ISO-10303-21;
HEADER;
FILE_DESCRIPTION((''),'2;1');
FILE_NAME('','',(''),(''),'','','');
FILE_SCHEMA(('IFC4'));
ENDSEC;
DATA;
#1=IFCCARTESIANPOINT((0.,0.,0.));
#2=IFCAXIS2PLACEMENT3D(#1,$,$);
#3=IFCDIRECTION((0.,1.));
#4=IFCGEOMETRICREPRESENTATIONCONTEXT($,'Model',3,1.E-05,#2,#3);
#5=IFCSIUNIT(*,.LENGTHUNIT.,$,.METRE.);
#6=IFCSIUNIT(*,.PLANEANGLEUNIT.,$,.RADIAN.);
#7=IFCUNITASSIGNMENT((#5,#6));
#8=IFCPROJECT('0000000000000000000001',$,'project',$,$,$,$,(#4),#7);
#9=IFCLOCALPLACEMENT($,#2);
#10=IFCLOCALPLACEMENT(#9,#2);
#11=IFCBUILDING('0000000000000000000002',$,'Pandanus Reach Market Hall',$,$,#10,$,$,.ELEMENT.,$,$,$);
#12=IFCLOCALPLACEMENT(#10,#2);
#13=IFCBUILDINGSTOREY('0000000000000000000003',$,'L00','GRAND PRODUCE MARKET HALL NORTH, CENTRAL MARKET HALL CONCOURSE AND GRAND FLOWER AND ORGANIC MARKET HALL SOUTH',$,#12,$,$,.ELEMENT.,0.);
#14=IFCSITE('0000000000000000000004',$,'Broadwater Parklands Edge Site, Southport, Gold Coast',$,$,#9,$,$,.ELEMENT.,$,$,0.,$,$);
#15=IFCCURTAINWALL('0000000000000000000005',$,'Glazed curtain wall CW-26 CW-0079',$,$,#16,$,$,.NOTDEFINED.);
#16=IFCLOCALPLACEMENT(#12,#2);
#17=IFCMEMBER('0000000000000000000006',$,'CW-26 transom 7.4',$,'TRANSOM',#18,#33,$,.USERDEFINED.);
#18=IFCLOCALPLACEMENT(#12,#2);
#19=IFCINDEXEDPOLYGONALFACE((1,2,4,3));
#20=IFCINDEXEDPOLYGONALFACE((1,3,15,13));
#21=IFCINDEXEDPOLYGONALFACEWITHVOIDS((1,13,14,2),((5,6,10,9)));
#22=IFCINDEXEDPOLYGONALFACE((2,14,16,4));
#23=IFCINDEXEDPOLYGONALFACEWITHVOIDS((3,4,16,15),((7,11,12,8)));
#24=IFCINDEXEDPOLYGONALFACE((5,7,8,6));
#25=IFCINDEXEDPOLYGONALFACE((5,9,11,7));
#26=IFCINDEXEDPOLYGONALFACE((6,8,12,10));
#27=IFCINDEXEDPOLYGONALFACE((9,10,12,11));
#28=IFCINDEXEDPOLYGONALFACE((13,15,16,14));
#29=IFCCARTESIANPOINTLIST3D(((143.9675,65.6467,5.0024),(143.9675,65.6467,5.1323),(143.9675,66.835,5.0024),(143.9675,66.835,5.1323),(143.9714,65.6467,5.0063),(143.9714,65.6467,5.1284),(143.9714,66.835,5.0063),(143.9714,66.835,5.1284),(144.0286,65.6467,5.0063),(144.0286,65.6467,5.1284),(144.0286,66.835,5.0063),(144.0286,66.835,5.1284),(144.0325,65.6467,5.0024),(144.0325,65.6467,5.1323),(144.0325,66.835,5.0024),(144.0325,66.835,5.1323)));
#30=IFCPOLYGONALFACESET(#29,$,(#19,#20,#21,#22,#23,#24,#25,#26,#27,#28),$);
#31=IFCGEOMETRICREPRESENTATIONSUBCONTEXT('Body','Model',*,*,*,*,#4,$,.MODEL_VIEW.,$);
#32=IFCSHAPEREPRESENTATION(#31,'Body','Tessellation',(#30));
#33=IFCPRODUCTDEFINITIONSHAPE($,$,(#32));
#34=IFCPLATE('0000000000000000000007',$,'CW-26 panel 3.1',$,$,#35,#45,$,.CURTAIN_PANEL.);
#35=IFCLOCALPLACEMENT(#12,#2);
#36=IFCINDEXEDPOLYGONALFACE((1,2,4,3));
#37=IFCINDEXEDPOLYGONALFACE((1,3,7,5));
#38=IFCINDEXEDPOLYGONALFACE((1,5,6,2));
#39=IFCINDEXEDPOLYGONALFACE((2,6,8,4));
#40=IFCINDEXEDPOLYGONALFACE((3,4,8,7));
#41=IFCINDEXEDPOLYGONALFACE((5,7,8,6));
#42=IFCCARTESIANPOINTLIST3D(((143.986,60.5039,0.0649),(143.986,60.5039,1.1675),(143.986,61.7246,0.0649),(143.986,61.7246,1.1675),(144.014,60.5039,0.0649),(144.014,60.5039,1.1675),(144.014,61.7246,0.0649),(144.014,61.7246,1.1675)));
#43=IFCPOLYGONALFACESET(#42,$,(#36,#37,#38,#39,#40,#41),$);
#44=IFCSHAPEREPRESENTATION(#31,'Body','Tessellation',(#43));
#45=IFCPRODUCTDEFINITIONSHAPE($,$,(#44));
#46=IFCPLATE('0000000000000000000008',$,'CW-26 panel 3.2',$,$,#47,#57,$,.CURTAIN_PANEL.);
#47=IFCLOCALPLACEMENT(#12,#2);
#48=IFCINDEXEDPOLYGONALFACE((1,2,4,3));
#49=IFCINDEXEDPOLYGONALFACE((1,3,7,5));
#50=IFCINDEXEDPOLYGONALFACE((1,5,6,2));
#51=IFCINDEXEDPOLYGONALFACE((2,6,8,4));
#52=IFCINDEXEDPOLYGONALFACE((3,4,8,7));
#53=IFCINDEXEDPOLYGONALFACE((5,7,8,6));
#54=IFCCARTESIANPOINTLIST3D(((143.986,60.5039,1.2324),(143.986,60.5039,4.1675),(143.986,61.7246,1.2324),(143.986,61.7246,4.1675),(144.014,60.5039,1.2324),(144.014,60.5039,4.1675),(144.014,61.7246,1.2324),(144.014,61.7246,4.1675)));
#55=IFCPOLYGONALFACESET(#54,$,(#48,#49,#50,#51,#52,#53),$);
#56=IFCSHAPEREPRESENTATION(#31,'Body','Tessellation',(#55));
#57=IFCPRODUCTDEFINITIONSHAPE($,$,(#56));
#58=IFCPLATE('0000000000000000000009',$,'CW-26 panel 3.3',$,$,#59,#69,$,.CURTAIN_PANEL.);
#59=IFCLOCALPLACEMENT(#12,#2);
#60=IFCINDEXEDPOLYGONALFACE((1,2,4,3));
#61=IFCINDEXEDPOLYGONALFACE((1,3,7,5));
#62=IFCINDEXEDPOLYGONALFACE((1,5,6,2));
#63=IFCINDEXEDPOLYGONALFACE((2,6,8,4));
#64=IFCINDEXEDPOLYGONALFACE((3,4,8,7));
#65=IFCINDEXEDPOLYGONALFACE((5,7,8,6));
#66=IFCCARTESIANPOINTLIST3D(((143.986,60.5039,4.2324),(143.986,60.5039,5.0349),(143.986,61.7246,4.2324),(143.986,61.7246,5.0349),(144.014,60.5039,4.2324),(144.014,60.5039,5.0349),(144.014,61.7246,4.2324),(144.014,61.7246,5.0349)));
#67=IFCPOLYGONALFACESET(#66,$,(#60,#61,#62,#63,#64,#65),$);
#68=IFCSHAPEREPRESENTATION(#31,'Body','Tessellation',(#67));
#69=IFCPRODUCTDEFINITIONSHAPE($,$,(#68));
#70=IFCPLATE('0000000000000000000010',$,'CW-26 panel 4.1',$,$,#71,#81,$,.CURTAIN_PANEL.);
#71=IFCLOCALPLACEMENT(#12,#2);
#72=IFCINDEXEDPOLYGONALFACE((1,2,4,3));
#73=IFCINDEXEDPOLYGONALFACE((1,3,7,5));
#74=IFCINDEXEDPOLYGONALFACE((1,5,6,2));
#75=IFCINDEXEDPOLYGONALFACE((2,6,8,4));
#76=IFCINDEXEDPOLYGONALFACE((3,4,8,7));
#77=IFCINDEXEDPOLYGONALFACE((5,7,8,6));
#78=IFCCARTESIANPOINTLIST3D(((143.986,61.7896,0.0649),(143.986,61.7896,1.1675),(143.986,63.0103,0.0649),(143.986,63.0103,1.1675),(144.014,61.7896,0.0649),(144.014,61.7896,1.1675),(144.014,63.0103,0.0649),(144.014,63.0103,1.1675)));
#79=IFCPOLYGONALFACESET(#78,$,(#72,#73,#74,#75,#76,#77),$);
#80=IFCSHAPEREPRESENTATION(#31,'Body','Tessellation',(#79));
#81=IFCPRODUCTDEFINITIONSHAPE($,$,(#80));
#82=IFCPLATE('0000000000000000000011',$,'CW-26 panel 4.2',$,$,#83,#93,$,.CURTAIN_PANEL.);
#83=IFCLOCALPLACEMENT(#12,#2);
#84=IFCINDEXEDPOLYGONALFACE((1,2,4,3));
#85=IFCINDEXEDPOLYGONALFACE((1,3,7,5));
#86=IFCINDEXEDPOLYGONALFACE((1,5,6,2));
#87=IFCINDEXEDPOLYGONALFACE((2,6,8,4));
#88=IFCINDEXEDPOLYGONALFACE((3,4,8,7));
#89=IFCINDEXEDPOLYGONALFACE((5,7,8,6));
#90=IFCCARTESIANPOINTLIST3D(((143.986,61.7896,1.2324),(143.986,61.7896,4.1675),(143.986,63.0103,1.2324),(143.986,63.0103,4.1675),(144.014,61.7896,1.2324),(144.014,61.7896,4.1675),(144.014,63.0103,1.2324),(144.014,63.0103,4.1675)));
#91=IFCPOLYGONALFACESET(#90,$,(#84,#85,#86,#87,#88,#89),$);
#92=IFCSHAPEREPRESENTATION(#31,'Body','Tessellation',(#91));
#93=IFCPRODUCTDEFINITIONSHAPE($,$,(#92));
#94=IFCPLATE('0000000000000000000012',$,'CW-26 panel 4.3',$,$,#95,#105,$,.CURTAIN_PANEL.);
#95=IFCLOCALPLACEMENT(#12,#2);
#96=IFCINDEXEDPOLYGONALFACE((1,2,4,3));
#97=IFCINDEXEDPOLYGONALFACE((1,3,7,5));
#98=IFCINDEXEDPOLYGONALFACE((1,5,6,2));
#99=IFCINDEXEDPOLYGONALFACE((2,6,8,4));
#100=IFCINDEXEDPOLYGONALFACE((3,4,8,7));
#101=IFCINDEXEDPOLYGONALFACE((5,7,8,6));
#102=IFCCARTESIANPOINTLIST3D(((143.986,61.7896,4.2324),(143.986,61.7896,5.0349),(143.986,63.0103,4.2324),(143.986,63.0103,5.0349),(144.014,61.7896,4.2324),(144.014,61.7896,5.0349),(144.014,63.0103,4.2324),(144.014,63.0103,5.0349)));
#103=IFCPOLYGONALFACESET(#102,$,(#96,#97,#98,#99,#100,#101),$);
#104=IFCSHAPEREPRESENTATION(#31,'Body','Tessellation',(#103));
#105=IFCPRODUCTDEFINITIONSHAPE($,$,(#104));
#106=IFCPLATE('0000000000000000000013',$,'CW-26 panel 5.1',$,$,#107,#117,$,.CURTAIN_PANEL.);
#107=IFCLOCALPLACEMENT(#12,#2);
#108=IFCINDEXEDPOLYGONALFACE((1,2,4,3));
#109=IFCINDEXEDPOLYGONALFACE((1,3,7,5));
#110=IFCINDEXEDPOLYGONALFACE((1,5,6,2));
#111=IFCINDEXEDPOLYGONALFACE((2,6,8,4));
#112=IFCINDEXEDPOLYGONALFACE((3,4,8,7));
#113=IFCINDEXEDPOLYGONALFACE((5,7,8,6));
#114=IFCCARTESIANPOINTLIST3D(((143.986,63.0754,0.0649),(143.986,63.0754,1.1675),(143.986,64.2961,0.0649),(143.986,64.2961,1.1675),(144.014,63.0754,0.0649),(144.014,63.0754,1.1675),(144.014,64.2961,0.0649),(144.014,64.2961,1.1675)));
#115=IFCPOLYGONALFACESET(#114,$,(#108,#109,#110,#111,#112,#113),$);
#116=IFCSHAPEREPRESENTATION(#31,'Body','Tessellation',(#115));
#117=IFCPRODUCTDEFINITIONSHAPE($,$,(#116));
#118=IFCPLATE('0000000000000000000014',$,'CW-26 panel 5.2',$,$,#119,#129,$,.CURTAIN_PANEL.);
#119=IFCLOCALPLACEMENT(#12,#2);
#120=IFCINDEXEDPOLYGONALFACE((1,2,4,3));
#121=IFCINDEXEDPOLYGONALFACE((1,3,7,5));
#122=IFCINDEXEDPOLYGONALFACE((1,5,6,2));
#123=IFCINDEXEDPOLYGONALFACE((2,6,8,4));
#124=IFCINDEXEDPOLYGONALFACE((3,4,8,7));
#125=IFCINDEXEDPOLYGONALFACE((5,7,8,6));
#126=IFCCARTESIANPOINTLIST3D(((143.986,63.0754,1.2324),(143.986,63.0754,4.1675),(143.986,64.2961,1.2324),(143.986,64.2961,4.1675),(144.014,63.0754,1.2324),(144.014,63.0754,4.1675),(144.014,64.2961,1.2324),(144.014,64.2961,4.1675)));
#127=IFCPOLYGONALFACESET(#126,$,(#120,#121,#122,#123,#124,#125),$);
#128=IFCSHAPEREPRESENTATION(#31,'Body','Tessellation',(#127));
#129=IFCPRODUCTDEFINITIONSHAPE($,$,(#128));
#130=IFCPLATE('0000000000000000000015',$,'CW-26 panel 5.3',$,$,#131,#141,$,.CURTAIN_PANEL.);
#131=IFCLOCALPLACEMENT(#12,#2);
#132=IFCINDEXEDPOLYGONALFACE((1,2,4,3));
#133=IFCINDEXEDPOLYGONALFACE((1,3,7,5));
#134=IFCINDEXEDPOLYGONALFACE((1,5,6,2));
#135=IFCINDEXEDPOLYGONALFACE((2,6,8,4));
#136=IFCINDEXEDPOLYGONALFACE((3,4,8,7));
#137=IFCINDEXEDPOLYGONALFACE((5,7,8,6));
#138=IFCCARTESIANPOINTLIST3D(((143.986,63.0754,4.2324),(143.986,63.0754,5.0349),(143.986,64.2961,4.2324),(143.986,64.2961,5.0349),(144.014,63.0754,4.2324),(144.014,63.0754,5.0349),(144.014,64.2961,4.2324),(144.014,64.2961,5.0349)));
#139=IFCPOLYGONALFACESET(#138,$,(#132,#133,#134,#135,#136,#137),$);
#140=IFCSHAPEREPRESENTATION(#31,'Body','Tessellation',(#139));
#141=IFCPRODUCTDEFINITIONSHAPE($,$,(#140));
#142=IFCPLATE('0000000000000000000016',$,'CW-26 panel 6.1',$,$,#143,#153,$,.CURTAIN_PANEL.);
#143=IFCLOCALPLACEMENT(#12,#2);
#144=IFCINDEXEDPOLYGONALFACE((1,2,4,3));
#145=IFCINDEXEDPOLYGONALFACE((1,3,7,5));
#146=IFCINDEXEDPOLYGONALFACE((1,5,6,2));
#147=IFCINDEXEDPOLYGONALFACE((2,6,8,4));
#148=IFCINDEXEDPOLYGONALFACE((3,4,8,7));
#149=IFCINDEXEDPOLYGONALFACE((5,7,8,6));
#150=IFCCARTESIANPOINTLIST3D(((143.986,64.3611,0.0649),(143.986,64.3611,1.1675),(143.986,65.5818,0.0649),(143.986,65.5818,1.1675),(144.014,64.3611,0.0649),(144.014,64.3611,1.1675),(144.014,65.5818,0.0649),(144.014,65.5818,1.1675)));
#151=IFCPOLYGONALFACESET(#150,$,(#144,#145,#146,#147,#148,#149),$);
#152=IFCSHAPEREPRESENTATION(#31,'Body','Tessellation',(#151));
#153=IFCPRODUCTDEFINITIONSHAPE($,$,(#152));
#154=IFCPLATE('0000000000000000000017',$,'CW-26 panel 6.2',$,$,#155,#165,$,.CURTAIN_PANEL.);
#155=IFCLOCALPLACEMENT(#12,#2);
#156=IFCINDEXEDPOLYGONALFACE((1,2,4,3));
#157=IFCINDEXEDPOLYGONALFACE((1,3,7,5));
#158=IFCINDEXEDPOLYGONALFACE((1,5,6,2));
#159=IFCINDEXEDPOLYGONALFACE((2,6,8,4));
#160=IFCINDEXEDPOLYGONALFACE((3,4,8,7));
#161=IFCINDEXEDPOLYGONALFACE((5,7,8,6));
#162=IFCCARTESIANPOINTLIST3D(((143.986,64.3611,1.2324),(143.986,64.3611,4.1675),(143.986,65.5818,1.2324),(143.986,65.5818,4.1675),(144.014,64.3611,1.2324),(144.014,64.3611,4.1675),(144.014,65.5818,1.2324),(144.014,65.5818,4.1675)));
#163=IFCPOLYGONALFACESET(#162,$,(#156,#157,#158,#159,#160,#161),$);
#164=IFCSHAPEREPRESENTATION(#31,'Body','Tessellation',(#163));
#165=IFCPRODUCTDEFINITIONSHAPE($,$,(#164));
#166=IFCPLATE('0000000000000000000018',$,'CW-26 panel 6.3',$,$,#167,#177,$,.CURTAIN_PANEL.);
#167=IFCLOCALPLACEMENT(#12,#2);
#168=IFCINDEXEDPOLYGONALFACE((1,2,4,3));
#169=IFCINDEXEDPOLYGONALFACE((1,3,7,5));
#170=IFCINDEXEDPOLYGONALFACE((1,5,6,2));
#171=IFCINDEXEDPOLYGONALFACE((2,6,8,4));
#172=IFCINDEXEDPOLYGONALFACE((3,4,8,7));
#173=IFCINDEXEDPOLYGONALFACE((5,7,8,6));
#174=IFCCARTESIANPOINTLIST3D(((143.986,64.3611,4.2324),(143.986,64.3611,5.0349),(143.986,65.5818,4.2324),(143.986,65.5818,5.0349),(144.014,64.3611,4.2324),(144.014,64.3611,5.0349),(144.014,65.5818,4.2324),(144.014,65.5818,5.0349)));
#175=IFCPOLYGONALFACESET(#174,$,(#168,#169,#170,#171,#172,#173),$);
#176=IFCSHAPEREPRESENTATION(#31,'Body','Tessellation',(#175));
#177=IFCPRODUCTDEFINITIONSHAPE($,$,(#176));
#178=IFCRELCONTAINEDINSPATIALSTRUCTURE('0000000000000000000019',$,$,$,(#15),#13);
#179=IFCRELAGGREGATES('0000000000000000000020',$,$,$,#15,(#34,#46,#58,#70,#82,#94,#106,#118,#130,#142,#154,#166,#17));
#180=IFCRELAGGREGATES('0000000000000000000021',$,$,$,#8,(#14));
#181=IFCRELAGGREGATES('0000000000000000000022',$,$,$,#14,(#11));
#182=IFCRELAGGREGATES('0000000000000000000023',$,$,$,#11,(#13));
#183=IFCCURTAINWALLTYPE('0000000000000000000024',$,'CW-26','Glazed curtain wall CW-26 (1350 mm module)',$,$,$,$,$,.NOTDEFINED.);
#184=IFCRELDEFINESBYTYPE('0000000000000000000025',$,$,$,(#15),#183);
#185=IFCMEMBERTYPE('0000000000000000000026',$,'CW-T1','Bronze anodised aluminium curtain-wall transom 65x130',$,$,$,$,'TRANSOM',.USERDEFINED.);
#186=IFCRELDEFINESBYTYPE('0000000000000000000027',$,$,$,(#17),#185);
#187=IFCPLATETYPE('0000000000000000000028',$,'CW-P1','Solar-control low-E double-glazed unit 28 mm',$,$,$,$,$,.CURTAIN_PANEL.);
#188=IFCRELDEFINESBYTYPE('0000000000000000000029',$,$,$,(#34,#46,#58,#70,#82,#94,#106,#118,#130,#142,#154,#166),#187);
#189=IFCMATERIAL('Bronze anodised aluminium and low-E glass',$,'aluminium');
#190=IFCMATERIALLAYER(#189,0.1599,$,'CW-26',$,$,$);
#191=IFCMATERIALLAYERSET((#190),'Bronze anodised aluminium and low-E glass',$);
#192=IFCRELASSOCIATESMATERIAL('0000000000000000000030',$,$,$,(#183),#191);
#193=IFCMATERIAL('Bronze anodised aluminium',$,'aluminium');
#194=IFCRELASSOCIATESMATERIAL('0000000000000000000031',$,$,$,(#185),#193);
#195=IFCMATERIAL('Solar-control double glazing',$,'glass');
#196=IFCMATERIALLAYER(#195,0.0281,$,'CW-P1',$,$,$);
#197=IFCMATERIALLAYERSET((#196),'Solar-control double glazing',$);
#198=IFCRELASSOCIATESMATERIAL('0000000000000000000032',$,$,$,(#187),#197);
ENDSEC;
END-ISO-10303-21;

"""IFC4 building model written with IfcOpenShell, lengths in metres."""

from ifc_helpers import new_model, si_unit, direction, frame, origin, origin_2d, place, context, subcontext, project, spatial, rectangle, hollow_rectangle, extrude, material, layer, layer_set, material_profile, profile_set, type_object, element, aggregate, save


model = new_model("IFC4")

# Units and contexts
model_context = context("Model", 3, precision=1e-05, world=origin(), true_north=direction((0.0, 1.0)))
body_context = subcontext(model_context, "Body", "Model", "MODEL_VIEW")
ifc_project = project(units=[si_unit("LENGTHUNIT", "METRE"), si_unit("PLANEANGLEUNIT", "RADIAN")], contexts=[model_context])

# Site, building, storey
site_placement = place(None, origin())
site = spatial("IfcSite", under=ifc_project, at=site_placement, Name="Broadwater Parklands Edge Site, Southport, Gold Coast", CompositionType="ELEMENT", RefElevation=0.0)
building_placement = place(site_placement, origin())
building = spatial("IfcBuilding", under=site, at=building_placement, Name="Pandanus Reach Market Hall", CompositionType="ELEMENT")
storey_placement = place(building_placement, origin())
storey = spatial("IfcBuildingStorey", under=building, at=storey_placement, Name="L00", Description="GRAND PRODUCE MARKET HALL NORTH, CENTRAL MARKET HALL CONCOURSE AND GRAND FLOWER AND ORGANIC MARKET HALL SOUTH", CompositionType="ELEMENT", Elevation=0.0)

# Curtain wall, member, plates
ifc_material_1 = material(Name="Bronze anodised aluminium and low-E glass", Category="aluminium")
ifc_layer_1 = layer(ifc_material_1, 0.1599, Name="CW-26")
ifc_layer_set_1 = layer_set([ifc_layer_1], Name="Bronze anodised aluminium and low-E glass")
curtain_wall_type = type_object("IfcCurtainWallType", Name="CW-26", Description="Glazed curtain wall CW-26 (1350 mm module)", PredefinedType="NOTDEFINED", material=ifc_layer_set_1)
curtain_wall_placement = place(storey_placement, origin())
curtain_wall = element("IfcCurtainWall", 1, at=curtain_wall_placement, inside=storey, type_object=curtain_wall_type, Name="Glazed curtain wall CW-26 CW-0079", PredefinedType="NOTDEFINED")
ifc_material_2 = material(Name="Bronze anodised aluminium", Category="aluminium")
ifc_material_profile_1 = material_profile(ifc_material_2, hollow_rectangle(XDim=0.0649, YDim=0.1299, WallThickness=0.0039, at=origin_2d()), Name="ALU65x130", Category="LoadBearing")
ifc_profile_set_1 = profile_set([ifc_material_profile_1], Name="Bronze anodised aluminium")
member_type_1 = type_object("IfcMemberType", Name="CW-T1", Description="Bronze anodised aluminium curtain-wall transom 65x130", ElementType="TRANSOM", PredefinedType="USERDEFINED", material=ifc_profile_set_1)
member_1_placement = place(storey_placement, frame((144.0, 65.6467, 5.0674), z_axis=(0.0, 1.0, 0.0), x_axis=(-1.0, 0.0, 0.0)))
member_1 = element("IfcMember", 2, at=member_1_placement, type_object=member_type_1, Name="CW-26 transom 7.4", ObjectType="TRANSOM", PredefinedType="USERDEFINED", context=body_context, shape_type="SweptSolid", body=[
    extrude(hollow_rectangle(XDim=0.0649, YDim=0.1299, WallThickness=0.0039, at=origin_2d()), origin(), (0.0, 0.0, 1.0), 1.1882),
])
ifc_material_3 = material(Name="Solar-control double glazing", Category="glass")
ifc_layer_2 = layer(ifc_material_3, 0.0281, Name="CW-P1")
ifc_layer_set_2 = layer_set([ifc_layer_2], Name="Solar-control double glazing")
plate_type = type_object("IfcPlateType", Name="CW-P1", Description="Solar-control low-E double-glazed unit 28 mm", PredefinedType="CURTAIN_PANEL", material=ifc_layer_set_2)
plate_1_placement = place(storey_placement, frame((144.0, 61.1143, 0.0649), z_axis=(0.0, 0.0, 1.0), x_axis=(0.0, 1.0, 0.0)))
plate_1 = element("IfcPlate", 3, at=plate_1_placement, type_object=plate_type, Name="CW-26 panel 3.1", PredefinedType="CURTAIN_PANEL", context=body_context, shape_type="SweptSolid", body=[
    extrude(rectangle(XDim=1.2207, YDim=0.0281, at=origin_2d()), origin(), (0.0, 0.0, 1.0), 1.1025),
])
plate_2_placement = place(storey_placement, frame((144.0, 61.1143, 1.2324), z_axis=(0.0, 0.0, 1.0), x_axis=(0.0, 1.0, 0.0)))
plate_2 = element("IfcPlate", 4, at=plate_2_placement, type_object=plate_type, Name="CW-26 panel 3.2", PredefinedType="CURTAIN_PANEL", context=body_context, shape_type="SweptSolid", body=[
    extrude(rectangle(XDim=1.2207, YDim=0.0281, at=origin_2d()), origin(), (0.0, 0.0, 1.0), 2.9351),
])
plate_3_placement = place(storey_placement, frame((144.0, 61.1143, 4.2324), z_axis=(0.0, 0.0, 1.0), x_axis=(0.0, 1.0, 0.0)))
plate_3 = element("IfcPlate", 5, at=plate_3_placement, type_object=plate_type, Name="CW-26 panel 3.3", PredefinedType="CURTAIN_PANEL", context=body_context, shape_type="SweptSolid", body=[
    extrude(rectangle(XDim=1.2207, YDim=0.0281, at=origin_2d()), origin(), (0.0, 0.0, 1.0), 0.8025),
])
plate_4_placement = place(storey_placement, frame((144.0, 62.3999, 0.0649), z_axis=(0.0, 0.0, 1.0), x_axis=(0.0, 1.0, 0.0)))
plate_4 = element("IfcPlate", 6, at=plate_4_placement, type_object=plate_type, Name="CW-26 panel 4.1", PredefinedType="CURTAIN_PANEL", context=body_context, shape_type="SweptSolid", body=[
    extrude(rectangle(XDim=1.2207, YDim=0.0281, at=origin_2d()), origin(), (0.0, 0.0, 1.0), 1.1025),
])
plate_5_placement = place(storey_placement, frame((144.0, 62.3999, 1.2324), z_axis=(0.0, 0.0, 1.0), x_axis=(0.0, 1.0, 0.0)))
plate_5 = element("IfcPlate", 7, at=plate_5_placement, type_object=plate_type, Name="CW-26 panel 4.2", PredefinedType="CURTAIN_PANEL", context=body_context, shape_type="SweptSolid", body=[
    extrude(rectangle(XDim=1.2207, YDim=0.0281, at=origin_2d()), origin(), (0.0, 0.0, 1.0), 2.9351),
])
plate_6_placement = place(storey_placement, frame((144.0, 62.3999, 4.2324), z_axis=(0.0, 0.0, 1.0), x_axis=(0.0, 1.0, 0.0)))
plate_6 = element("IfcPlate", 8, at=plate_6_placement, type_object=plate_type, Name="CW-26 panel 4.3", PredefinedType="CURTAIN_PANEL", context=body_context, shape_type="SweptSolid", body=[
    extrude(rectangle(XDim=1.2207, YDim=0.0281, at=origin_2d()), origin(), (0.0, 0.0, 1.0), 0.8025),
])
plate_7_placement = place(storey_placement, frame((144.0, 63.6858, 0.0649), z_axis=(0.0, 0.0, 1.0), x_axis=(0.0, 1.0, 0.0)))
plate_7 = element("IfcPlate", 9, at=plate_7_placement, type_object=plate_type, Name="CW-26 panel 5.1", PredefinedType="CURTAIN_PANEL", context=body_context, shape_type="SweptSolid", body=[
    extrude(rectangle(XDim=1.2207, YDim=0.0281, at=origin_2d()), origin(), (0.0, 0.0, 1.0), 1.1025),
])
plate_8_placement = place(storey_placement, frame((144.0, 63.6858, 1.2324), z_axis=(0.0, 0.0, 1.0), x_axis=(0.0, 1.0, 0.0)))
plate_8 = element("IfcPlate", 10, at=plate_8_placement, type_object=plate_type, Name="CW-26 panel 5.2", PredefinedType="CURTAIN_PANEL", context=body_context, shape_type="SweptSolid", body=[
    extrude(rectangle(XDim=1.2207, YDim=0.0281, at=origin_2d()), origin(), (0.0, 0.0, 1.0), 2.9351),
])
plate_9_placement = place(storey_placement, frame((144.0, 63.6858, 4.2324), z_axis=(0.0, 0.0, 1.0), x_axis=(0.0, 1.0, 0.0)))
plate_9 = element("IfcPlate", 11, at=plate_9_placement, type_object=plate_type, Name="CW-26 panel 5.3", PredefinedType="CURTAIN_PANEL", context=body_context, shape_type="SweptSolid", body=[
    extrude(rectangle(XDim=1.2207, YDim=0.0281, at=origin_2d()), origin(), (0.0, 0.0, 1.0), 0.8025),
])
plate_10_placement = place(storey_placement, frame((144.0, 64.9714, 0.0649), z_axis=(0.0, 0.0, 1.0), x_axis=(0.0, 1.0, 0.0)))
plate_10 = element("IfcPlate", 12, at=plate_10_placement, type_object=plate_type, Name="CW-26 panel 6.1", PredefinedType="CURTAIN_PANEL", context=body_context, shape_type="SweptSolid", body=[
    extrude(rectangle(XDim=1.2207, YDim=0.0281, at=origin_2d()), origin(), (0.0, 0.0, 1.0), 1.1025),
])
plate_11_placement = place(storey_placement, frame((144.0, 64.9714, 1.2324), z_axis=(0.0, 0.0, 1.0), x_axis=(0.0, 1.0, 0.0)))
plate_11 = element("IfcPlate", 13, at=plate_11_placement, type_object=plate_type, Name="CW-26 panel 6.2", PredefinedType="CURTAIN_PANEL", context=body_context, shape_type="SweptSolid", body=[
    extrude(rectangle(XDim=1.2207, YDim=0.0281, at=origin_2d()), origin(), (0.0, 0.0, 1.0), 2.9351),
])
plate_12_placement = place(storey_placement, frame((144.0, 64.9714, 4.2324), z_axis=(0.0, 0.0, 1.0), x_axis=(0.0, 1.0, 0.0)))
plate_12 = element("IfcPlate", 14, at=plate_12_placement, type_object=plate_type, Name="CW-26 panel 6.3", PredefinedType="CURTAIN_PANEL", context=body_context, shape_type="SweptSolid", body=[
    extrude(rectangle(XDim=1.2207, YDim=0.0281, at=origin_2d()), origin(), (0.0, 0.0, 1.0), 0.8025),
])
aggregate(curtain_wall, [plate_1, plate_2, plate_3, plate_4, plate_5, plate_6, plate_7, plate_8, plate_9, plate_10, plate_11, plate_12, member_1])

save(model, "model.ifc")
